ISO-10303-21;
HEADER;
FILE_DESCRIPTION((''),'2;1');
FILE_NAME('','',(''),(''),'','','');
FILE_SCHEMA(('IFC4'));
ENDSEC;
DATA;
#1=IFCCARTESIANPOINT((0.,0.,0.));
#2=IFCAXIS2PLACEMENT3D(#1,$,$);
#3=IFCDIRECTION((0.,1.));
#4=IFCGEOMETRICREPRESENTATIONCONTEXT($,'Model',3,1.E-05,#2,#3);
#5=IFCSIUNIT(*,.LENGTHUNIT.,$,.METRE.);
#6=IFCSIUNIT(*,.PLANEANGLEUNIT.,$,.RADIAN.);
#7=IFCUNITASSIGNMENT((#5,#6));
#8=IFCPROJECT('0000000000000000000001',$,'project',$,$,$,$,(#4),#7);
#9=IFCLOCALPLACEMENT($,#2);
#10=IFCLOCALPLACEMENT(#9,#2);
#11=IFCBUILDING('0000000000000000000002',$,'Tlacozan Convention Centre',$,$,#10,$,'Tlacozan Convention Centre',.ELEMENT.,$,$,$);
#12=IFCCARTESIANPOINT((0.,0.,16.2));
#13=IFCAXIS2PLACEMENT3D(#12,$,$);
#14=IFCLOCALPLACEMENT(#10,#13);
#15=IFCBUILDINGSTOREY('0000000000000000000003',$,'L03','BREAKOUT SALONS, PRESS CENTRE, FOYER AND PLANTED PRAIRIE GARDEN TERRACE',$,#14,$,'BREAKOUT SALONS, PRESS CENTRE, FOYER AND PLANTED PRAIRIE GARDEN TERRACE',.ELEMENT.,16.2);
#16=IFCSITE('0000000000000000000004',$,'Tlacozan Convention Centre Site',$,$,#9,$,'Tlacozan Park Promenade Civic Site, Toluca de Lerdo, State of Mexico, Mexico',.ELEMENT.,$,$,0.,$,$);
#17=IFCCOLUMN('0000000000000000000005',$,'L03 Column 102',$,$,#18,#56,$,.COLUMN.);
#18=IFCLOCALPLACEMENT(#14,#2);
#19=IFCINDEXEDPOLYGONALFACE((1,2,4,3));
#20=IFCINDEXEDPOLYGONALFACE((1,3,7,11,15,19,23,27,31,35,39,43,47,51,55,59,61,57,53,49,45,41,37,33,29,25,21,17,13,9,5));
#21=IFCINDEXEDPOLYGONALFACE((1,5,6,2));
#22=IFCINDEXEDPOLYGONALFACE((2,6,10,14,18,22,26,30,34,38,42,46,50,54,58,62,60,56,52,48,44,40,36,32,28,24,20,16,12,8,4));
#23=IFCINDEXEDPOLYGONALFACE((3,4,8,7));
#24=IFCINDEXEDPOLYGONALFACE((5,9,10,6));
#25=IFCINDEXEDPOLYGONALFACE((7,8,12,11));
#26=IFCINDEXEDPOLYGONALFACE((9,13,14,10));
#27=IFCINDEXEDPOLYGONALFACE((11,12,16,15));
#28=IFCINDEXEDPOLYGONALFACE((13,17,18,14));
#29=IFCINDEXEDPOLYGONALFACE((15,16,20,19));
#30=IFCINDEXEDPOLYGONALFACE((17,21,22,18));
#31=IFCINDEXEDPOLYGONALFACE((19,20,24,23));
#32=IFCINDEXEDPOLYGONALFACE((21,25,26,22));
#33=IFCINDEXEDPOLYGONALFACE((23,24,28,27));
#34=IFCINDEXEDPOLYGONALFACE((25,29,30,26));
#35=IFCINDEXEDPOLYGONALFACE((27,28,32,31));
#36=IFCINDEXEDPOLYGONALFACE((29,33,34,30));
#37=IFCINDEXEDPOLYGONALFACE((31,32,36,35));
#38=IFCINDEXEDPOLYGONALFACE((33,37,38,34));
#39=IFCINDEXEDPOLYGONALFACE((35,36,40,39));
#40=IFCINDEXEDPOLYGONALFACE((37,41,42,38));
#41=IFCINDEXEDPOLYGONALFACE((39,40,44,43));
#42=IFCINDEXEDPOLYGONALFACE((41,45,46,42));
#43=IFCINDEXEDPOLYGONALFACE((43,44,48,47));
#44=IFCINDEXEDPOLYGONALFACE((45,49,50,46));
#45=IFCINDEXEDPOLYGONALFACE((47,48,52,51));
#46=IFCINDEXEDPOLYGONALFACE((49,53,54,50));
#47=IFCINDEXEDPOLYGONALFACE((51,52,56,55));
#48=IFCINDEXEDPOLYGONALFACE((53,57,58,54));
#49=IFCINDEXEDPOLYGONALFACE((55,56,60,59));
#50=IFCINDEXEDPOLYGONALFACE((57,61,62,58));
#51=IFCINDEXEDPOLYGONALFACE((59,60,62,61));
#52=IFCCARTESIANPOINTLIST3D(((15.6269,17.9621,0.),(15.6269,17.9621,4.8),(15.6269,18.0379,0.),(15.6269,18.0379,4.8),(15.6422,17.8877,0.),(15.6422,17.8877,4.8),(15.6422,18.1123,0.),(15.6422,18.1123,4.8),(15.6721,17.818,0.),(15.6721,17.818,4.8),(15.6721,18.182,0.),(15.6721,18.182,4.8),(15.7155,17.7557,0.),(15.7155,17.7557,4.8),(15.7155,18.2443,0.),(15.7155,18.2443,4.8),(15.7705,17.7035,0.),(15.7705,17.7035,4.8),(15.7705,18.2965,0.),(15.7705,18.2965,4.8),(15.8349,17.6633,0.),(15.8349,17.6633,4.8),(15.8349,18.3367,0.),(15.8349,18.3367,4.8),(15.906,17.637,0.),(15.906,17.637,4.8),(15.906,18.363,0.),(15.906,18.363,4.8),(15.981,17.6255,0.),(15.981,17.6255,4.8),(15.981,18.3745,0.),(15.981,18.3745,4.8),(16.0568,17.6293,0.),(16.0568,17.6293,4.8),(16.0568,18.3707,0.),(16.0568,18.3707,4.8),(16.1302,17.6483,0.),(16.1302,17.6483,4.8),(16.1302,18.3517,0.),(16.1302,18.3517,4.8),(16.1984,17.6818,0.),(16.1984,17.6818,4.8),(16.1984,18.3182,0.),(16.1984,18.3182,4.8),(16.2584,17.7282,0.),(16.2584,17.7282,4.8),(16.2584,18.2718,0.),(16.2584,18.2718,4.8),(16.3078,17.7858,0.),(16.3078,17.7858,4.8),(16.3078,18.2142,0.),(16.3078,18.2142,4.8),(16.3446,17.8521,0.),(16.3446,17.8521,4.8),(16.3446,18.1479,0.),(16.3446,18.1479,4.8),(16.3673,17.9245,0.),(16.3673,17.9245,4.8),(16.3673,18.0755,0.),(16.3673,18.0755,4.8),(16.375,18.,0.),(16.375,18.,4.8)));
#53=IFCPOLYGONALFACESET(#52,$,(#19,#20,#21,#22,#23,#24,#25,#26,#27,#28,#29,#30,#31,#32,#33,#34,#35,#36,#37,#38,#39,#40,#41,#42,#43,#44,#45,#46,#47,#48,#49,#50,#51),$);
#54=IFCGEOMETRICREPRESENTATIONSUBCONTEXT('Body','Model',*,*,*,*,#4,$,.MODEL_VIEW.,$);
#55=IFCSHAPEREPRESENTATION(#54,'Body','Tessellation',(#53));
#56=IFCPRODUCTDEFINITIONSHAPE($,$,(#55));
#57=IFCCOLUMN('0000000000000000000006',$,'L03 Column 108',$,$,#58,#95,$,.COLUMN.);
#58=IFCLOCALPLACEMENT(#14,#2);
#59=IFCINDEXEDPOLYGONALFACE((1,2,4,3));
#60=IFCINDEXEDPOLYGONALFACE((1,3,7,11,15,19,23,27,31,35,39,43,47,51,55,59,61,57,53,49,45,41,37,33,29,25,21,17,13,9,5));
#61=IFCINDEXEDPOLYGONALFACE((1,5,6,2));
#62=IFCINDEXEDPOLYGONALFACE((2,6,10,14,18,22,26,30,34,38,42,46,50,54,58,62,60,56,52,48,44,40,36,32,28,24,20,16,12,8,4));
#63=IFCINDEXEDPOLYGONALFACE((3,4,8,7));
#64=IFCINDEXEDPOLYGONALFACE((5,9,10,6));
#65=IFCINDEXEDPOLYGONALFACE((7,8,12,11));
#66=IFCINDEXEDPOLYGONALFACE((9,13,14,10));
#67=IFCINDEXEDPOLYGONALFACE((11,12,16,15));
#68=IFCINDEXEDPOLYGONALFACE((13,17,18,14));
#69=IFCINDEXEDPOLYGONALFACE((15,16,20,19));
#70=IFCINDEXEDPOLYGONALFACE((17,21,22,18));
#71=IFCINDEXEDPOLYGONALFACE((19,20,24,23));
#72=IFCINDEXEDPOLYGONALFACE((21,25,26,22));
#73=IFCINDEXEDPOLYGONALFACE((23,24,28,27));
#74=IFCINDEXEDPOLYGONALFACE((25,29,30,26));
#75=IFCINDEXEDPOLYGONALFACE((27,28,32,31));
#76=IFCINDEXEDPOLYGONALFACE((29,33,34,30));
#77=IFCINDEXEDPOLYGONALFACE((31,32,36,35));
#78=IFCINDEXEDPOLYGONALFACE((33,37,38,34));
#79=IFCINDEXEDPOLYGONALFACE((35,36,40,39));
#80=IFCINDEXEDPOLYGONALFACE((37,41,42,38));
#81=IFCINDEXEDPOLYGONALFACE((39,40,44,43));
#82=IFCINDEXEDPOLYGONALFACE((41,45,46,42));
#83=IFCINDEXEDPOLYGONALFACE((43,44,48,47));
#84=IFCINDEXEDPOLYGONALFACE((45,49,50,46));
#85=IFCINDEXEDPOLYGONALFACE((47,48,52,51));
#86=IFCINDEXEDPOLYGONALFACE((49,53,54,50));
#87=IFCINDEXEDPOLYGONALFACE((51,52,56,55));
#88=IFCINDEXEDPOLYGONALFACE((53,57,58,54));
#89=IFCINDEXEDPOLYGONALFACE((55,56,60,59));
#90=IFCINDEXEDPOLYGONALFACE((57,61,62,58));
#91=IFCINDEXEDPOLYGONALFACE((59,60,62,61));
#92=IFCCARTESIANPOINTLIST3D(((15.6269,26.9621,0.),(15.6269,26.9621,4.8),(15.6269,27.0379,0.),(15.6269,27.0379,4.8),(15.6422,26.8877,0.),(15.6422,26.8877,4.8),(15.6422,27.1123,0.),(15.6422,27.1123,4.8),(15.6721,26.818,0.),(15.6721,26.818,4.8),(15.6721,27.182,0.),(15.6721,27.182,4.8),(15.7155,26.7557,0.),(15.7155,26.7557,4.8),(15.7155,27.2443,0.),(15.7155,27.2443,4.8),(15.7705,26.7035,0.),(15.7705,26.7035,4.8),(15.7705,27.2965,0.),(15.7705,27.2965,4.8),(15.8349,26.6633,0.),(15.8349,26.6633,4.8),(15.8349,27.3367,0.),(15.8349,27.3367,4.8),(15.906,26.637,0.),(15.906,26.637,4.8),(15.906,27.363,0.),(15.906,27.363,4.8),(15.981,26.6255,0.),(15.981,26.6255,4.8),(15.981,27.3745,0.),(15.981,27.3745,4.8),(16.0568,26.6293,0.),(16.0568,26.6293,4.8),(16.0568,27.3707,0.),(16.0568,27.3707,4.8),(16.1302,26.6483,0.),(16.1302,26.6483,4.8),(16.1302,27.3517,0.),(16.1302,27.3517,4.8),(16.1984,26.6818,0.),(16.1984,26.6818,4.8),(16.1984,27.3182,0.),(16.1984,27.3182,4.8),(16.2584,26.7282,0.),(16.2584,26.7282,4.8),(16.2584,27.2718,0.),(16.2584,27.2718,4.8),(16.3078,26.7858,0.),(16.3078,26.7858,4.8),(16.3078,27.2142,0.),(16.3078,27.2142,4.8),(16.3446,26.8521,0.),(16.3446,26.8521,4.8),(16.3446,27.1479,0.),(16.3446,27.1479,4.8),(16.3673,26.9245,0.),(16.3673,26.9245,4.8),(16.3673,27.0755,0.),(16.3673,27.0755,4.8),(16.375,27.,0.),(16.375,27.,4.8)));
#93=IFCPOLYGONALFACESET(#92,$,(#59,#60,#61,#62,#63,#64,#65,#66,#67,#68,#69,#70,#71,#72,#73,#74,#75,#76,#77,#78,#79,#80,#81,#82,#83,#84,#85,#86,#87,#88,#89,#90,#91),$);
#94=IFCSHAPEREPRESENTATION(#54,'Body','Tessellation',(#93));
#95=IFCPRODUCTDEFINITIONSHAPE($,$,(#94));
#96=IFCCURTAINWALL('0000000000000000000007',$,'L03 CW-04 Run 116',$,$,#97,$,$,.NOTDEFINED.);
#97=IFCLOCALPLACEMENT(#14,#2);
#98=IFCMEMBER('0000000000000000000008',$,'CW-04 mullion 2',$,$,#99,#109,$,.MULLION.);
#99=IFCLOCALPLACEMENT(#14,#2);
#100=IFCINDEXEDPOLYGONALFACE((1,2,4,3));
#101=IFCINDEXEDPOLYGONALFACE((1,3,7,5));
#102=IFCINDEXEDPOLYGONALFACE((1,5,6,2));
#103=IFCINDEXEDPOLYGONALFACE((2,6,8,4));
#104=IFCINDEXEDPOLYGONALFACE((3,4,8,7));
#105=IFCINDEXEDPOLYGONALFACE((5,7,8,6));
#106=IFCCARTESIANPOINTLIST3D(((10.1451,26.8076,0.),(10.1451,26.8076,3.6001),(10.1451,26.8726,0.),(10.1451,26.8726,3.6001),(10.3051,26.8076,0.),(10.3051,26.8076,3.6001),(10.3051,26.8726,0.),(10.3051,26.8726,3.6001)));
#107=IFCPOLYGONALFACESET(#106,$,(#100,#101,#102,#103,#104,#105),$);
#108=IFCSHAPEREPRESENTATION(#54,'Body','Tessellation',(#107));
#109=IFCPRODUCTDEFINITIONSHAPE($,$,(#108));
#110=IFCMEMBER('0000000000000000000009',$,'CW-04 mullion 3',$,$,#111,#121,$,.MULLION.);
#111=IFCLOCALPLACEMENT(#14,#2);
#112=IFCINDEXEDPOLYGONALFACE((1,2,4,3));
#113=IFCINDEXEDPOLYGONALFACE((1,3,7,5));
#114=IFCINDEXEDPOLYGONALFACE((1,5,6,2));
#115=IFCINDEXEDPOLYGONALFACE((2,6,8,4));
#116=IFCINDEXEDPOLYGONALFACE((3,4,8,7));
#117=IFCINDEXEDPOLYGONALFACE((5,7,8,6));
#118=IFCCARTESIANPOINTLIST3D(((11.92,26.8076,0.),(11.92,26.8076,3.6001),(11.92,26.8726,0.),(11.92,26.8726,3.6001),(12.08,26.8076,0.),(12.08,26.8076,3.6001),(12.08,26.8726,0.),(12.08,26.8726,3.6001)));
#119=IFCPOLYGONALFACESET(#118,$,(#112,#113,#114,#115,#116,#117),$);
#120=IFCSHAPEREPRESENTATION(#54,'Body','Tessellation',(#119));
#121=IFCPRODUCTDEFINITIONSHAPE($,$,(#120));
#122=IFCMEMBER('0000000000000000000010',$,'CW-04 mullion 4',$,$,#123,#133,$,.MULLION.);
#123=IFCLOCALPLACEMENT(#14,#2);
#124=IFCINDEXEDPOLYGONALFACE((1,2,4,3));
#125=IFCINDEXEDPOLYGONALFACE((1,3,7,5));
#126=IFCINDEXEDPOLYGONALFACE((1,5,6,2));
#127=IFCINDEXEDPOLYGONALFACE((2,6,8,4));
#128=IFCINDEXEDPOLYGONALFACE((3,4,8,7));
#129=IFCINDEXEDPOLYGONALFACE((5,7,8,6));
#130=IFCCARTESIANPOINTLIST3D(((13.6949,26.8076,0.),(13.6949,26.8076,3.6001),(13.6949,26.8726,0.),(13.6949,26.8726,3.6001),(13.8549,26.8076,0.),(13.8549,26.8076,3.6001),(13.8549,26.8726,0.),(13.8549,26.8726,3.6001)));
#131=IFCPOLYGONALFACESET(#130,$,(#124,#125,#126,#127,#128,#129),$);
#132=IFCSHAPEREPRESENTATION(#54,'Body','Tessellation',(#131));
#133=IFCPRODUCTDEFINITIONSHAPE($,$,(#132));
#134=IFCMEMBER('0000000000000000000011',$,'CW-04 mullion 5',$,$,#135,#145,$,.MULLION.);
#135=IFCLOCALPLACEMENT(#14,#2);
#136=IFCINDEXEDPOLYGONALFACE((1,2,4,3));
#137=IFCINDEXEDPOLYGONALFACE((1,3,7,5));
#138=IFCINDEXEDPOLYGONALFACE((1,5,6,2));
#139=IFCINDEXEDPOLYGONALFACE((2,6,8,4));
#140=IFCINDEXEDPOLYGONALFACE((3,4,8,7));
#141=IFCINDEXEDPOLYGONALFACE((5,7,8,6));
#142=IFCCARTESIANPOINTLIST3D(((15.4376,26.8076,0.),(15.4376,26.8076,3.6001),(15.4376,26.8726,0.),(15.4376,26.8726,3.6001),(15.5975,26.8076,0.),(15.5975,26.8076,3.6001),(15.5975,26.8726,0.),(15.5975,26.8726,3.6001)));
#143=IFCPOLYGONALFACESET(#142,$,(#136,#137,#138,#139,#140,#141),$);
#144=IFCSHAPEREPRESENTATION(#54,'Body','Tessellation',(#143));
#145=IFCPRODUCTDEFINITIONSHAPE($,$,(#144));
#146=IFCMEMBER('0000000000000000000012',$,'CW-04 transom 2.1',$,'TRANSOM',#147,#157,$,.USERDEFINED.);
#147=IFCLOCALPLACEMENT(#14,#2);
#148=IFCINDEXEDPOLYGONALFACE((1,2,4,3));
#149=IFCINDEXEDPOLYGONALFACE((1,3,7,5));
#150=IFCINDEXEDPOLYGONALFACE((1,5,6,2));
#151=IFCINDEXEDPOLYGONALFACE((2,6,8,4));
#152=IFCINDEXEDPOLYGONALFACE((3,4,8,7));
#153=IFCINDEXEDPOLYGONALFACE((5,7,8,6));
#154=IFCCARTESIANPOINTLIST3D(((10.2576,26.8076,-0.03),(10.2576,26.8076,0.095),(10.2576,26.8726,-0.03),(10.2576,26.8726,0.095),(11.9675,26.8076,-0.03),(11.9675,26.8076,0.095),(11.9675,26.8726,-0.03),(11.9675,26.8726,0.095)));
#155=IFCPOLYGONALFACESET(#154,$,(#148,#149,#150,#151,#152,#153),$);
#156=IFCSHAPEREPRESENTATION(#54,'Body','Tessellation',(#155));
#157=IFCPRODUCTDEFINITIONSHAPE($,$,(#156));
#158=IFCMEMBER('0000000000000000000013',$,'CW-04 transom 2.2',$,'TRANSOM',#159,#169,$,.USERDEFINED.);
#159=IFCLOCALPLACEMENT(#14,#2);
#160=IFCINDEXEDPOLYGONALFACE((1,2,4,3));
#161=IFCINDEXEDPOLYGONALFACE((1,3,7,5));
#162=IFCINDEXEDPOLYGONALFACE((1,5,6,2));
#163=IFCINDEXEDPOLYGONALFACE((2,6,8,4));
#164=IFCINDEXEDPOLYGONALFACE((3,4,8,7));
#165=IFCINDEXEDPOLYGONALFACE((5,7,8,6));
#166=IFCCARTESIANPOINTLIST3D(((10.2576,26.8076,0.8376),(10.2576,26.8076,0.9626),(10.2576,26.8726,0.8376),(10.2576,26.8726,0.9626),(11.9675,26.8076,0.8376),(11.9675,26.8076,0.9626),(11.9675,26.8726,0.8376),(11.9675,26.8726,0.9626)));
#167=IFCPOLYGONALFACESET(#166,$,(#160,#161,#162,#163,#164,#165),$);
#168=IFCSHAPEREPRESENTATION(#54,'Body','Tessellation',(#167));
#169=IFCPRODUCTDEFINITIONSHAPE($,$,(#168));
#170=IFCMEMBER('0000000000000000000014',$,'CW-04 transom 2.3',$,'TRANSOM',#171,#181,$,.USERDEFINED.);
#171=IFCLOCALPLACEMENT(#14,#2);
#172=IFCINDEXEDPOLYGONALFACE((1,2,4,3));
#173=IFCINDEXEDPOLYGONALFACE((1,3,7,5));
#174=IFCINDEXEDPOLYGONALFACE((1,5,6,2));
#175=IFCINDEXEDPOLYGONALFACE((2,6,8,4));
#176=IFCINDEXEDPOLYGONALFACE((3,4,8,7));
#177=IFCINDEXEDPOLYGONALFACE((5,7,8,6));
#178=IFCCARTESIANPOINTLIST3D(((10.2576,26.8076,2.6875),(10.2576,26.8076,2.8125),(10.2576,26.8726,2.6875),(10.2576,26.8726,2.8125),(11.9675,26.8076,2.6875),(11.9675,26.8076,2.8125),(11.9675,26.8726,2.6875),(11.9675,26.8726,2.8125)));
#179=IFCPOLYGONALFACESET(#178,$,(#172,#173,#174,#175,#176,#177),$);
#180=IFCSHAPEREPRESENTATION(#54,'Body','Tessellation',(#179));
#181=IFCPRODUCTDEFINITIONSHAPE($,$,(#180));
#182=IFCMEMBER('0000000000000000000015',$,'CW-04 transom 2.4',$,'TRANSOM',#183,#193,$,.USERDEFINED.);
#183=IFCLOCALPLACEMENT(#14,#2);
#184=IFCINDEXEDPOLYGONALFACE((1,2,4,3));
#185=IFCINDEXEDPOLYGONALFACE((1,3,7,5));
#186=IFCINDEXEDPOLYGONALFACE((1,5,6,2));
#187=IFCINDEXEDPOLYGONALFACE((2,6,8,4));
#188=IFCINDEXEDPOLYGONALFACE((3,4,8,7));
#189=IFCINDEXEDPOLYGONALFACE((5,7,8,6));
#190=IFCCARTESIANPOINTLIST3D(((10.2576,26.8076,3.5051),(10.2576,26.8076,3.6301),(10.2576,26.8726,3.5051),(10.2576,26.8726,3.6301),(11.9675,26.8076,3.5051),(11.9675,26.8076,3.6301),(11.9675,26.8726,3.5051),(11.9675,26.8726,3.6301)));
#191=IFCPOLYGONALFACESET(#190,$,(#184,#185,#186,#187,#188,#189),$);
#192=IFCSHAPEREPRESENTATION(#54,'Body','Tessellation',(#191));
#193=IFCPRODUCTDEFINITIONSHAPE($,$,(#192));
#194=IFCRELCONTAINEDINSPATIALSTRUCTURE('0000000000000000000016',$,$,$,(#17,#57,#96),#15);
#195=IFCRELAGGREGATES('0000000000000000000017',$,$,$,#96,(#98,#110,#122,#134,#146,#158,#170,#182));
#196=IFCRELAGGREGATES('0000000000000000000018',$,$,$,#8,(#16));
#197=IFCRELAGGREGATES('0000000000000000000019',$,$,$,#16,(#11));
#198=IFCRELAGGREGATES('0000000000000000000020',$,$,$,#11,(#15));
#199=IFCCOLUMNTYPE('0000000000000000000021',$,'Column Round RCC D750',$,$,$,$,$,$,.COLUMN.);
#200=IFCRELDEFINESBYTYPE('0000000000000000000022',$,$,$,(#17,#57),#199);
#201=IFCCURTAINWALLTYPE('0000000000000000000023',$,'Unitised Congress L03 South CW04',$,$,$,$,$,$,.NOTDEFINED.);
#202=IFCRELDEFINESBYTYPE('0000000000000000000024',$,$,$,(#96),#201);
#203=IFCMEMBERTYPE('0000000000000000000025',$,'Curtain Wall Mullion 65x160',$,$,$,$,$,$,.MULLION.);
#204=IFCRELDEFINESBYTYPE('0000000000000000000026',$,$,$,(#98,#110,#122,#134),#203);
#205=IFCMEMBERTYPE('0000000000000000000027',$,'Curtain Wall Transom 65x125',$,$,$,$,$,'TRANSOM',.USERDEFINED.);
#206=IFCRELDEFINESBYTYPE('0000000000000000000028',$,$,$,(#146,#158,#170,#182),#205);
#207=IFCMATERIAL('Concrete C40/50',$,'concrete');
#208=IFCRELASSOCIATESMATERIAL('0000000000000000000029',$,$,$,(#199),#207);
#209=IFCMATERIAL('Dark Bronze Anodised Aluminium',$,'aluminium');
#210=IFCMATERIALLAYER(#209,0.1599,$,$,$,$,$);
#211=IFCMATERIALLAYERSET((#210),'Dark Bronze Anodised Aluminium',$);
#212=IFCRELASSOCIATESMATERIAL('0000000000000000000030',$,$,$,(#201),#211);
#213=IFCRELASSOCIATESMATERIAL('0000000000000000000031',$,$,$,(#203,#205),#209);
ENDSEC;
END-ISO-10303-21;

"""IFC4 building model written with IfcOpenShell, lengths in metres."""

from ifc_helpers import new_model, si_unit, direction, frame, origin, origin_2d, place, context, subcontext, project, spatial, rectangle, circle, extrude, material, layer, layer_set, material_profile, profile_set, type_object, element, aggregate, save


model = new_model("IFC4")

# Units and contexts
model_context = context("Model", 3, precision=1e-05, world=origin(), true_north=direction((0.0, 1.0)))
body_context = subcontext(model_context, "Body", "Model", "MODEL_VIEW")
ifc_project = project(units=[si_unit("LENGTHUNIT", "METRE"), si_unit("PLANEANGLEUNIT", "RADIAN")], contexts=[model_context])

# Site, building, storey
site_placement = place(None, origin())
site = spatial("IfcSite", under=ifc_project, at=site_placement, Name="Tlacozan Convention Centre Site", LongName="Tlacozan Park Promenade Civic Site, Toluca de Lerdo, State of Mexico, Mexico", CompositionType="ELEMENT", RefElevation=0.0)
building_placement = place(site_placement, origin())
building = spatial("IfcBuilding", under=site, at=building_placement, Name="Tlacozan Convention Centre", LongName="Tlacozan Convention Centre", CompositionType="ELEMENT")
storey_placement = place(building_placement, frame((0.0, 0.0, 16.2)))
storey = spatial("IfcBuildingStorey", under=building, at=storey_placement, Name="L03", Description="BREAKOUT SALONS, PRESS CENTRE, FOYER AND PLANTED PRAIRIE GARDEN TERRACE", LongName="BREAKOUT SALONS, PRESS CENTRE, FOYER AND PLANTED PRAIRIE GARDEN TERRACE", CompositionType="ELEMENT", Elevation=16.2)

# Columns
ifc_material_1 = material(Name="Concrete C40/50", Category="concrete")
ifc_material_profile_1 = material_profile(ifc_material_1, circle(Radius=0.375, at=origin_2d()), Name="RCC D750")
ifc_profile_set_1 = profile_set([ifc_material_profile_1], Name="Concrete C40/50")
column_type = type_object("IfcColumnType", Name="Column Round RCC D750", PredefinedType="COLUMN", material=ifc_profile_set_1)
for number, where, z_axis, x_axis, name in (
    (1, (16.0, 18.0, 0.0), (0.0, 0.0, 1.0), (1.0, 0.0, 0.0), "L03 Column 102"),
    (2, (16.0, 27.0, 0.0), (0.0, 0.0, 1.0), (1.0, 0.0, 0.0), "L03 Column 108"),
):
    element("IfcColumn", number, at=place(storey_placement, frame(where, z_axis=z_axis, x_axis=x_axis)), inside=storey, type_object=column_type, Name=name, PredefinedType="COLUMN", context=body_context, shape_type="SweptSolid", body=[
        extrude(circle(Radius=0.375, at=origin_2d()), origin(), (0.0, 0.0, 1.0), 4.8),
    ])

# Curtain wall, members
ifc_material_2 = material(Name="Dark Bronze Anodised Aluminium", Category="aluminium")
ifc_layer_1 = layer(ifc_material_2, 0.1599)
ifc_layer_set_1 = layer_set([ifc_layer_1], Name="Dark Bronze Anodised Aluminium")
curtain_wall_type = type_object("IfcCurtainWallType", Name="Unitised Congress L03 South CW04", PredefinedType="NOTDEFINED", material=ifc_layer_set_1)
curtain_wall_placement = place(storey_placement, origin())
curtain_wall = element("IfcCurtainWall", 3, at=curtain_wall_placement, inside=storey, type_object=curtain_wall_type, Name="L03 CW-04 Run 116", PredefinedType="NOTDEFINED")
ifc_material_profile_2 = material_profile(ifc_material_2, rectangle(XDim=0.0649, YDim=0.1599, at=origin_2d()), Name="ALU 65x160")
ifc_profile_set_2 = profile_set([ifc_material_profile_2], Name="Dark Bronze Anodised Aluminium")
member_type_1 = type_object("IfcMemberType", Name="Curtain Wall Mullion 65x160", PredefinedType="MULLION", material=ifc_profile_set_2)
member_1_placement = place(storey_placement, frame((10.2251, 26.8401, 0.0), z_axis=(0.0, 0.0, 1.0), x_axis=(0.0, 1.0, 0.0)))
member_1 = element("IfcMember", 4, at=member_1_placement, type_object=member_type_1, Name="CW-04 mullion 2", PredefinedType="MULLION", context=body_context, shape_type="SweptSolid", body=[
    extrude(rectangle(XDim=0.0649, YDim=0.1599, at=origin_2d()), origin(), (0.0, 0.0, 1.0), 3.6001),
])
member_2_placement = place(storey_placement, frame((12.0, 26.8401, 0.0), z_axis=(0.0, 0.0, 1.0), x_axis=(0.0, 1.0, 0.0)))
member_2 = element("IfcMember", 5, at=member_2_placement, type_object=member_type_1, Name="CW-04 mullion 3", PredefinedType="MULLION", context=body_context, shape_type="SweptSolid", body=[
    extrude(rectangle(XDim=0.0649, YDim=0.1599, at=origin_2d()), origin(), (0.0, 0.0, 1.0), 3.6001),
])
member_3_placement = place(storey_placement, frame((13.7749, 26.8401, 0.0), z_axis=(0.0, 0.0, 1.0), x_axis=(0.0, 1.0, 0.0)))
member_3 = element("IfcMember", 6, at=member_3_placement, type_object=member_type_1, Name="CW-04 mullion 4", PredefinedType="MULLION", context=body_context, shape_type="SweptSolid", body=[
    extrude(rectangle(XDim=0.0649, YDim=0.1599, at=origin_2d()), origin(), (0.0, 0.0, 1.0), 3.6001),
])
member_4_placement = place(storey_placement, frame((15.5176, 26.8401, 0.0), z_axis=(0.0, 0.0, 1.0), x_axis=(0.0, 1.0, 0.0)))
member_4 = element("IfcMember", 7, at=member_4_placement, type_object=member_type_1, Name="CW-04 mullion 5", PredefinedType="MULLION", context=body_context, shape_type="SweptSolid", body=[
    extrude(rectangle(XDim=0.0649, YDim=0.1599, at=origin_2d()), origin(), (0.0, 0.0, 1.0), 3.6001),
])
ifc_material_profile_3 = material_profile(ifc_material_2, rectangle(XDim=0.0649, YDim=0.125, at=origin_2d()), Name="ALU 65x125")
ifc_profile_set_3 = profile_set([ifc_material_profile_3], Name="Dark Bronze Anodised Aluminium")
member_type_2 = type_object("IfcMemberType", Name="Curtain Wall Transom 65x125", ElementType="TRANSOM", PredefinedType="USERDEFINED", material=ifc_profile_set_3)
member_5_placement = place(storey_placement, frame((10.2576, 26.8401, 0.0325), z_axis=(1.0, 0.0, 0.0), x_axis=(0.0, 1.0, 0.0)))
member_5 = element("IfcMember", 8, at=member_5_placement, type_object=member_type_2, Name="CW-04 transom 2.1", ObjectType="TRANSOM", PredefinedType="USERDEFINED", context=body_context, shape_type="SweptSolid", body=[
    extrude(rectangle(XDim=0.0649, YDim=0.125, at=origin_2d()), origin(), (0.0, 0.0, 1.0), 1.71),
])
member_6_placement = place(storey_placement, frame((10.2576, 26.8401, 0.9001), z_axis=(1.0, 0.0, 0.0), x_axis=(0.0, 1.0, 0.0)))
member_6 = element("IfcMember", 9, at=member_6_placement, type_object=member_type_2, Name="CW-04 transom 2.2", ObjectType="TRANSOM", PredefinedType="USERDEFINED", context=body_context, shape_type="SweptSolid", body=[
    extrude(rectangle(XDim=0.0649, YDim=0.125, at=origin_2d()), origin(), (0.0, 0.0, 1.0), 1.71),
])
member_7_placement = place(storey_placement, frame((10.2576, 26.8401, 2.75), z_axis=(1.0, 0.0, 0.0), x_axis=(0.0, 1.0, 0.0)))
member_7 = element("IfcMember", 10, at=member_7_placement, type_object=member_type_2, Name="CW-04 transom 2.3", ObjectType="TRANSOM", PredefinedType="USERDEFINED", context=body_context, shape_type="SweptSolid", body=[
    extrude(rectangle(XDim=0.0649, YDim=0.125, at=origin_2d()), origin(), (0.0, 0.0, 1.0), 1.71),
])
member_8_placement = place(storey_placement, frame((10.2576, 26.8401, 3.5676), z_axis=(1.0, 0.0, 0.0), x_axis=(0.0, 1.0, 0.0)))
member_8 = element("IfcMember", 11, at=member_8_placement, type_object=member_type_2, Name="CW-04 transom 2.4", ObjectType="TRANSOM", PredefinedType="USERDEFINED", context=body_context, shape_type="SweptSolid", body=[
    extrude(rectangle(XDim=0.0649, YDim=0.125, at=origin_2d()), origin(), (0.0, 0.0, 1.0), 1.71),
])

aggregate(curtain_wall, [member_1, member_2, member_3, member_4, member_5, member_6, member_7, member_8])

save(model, "model.ifc")
